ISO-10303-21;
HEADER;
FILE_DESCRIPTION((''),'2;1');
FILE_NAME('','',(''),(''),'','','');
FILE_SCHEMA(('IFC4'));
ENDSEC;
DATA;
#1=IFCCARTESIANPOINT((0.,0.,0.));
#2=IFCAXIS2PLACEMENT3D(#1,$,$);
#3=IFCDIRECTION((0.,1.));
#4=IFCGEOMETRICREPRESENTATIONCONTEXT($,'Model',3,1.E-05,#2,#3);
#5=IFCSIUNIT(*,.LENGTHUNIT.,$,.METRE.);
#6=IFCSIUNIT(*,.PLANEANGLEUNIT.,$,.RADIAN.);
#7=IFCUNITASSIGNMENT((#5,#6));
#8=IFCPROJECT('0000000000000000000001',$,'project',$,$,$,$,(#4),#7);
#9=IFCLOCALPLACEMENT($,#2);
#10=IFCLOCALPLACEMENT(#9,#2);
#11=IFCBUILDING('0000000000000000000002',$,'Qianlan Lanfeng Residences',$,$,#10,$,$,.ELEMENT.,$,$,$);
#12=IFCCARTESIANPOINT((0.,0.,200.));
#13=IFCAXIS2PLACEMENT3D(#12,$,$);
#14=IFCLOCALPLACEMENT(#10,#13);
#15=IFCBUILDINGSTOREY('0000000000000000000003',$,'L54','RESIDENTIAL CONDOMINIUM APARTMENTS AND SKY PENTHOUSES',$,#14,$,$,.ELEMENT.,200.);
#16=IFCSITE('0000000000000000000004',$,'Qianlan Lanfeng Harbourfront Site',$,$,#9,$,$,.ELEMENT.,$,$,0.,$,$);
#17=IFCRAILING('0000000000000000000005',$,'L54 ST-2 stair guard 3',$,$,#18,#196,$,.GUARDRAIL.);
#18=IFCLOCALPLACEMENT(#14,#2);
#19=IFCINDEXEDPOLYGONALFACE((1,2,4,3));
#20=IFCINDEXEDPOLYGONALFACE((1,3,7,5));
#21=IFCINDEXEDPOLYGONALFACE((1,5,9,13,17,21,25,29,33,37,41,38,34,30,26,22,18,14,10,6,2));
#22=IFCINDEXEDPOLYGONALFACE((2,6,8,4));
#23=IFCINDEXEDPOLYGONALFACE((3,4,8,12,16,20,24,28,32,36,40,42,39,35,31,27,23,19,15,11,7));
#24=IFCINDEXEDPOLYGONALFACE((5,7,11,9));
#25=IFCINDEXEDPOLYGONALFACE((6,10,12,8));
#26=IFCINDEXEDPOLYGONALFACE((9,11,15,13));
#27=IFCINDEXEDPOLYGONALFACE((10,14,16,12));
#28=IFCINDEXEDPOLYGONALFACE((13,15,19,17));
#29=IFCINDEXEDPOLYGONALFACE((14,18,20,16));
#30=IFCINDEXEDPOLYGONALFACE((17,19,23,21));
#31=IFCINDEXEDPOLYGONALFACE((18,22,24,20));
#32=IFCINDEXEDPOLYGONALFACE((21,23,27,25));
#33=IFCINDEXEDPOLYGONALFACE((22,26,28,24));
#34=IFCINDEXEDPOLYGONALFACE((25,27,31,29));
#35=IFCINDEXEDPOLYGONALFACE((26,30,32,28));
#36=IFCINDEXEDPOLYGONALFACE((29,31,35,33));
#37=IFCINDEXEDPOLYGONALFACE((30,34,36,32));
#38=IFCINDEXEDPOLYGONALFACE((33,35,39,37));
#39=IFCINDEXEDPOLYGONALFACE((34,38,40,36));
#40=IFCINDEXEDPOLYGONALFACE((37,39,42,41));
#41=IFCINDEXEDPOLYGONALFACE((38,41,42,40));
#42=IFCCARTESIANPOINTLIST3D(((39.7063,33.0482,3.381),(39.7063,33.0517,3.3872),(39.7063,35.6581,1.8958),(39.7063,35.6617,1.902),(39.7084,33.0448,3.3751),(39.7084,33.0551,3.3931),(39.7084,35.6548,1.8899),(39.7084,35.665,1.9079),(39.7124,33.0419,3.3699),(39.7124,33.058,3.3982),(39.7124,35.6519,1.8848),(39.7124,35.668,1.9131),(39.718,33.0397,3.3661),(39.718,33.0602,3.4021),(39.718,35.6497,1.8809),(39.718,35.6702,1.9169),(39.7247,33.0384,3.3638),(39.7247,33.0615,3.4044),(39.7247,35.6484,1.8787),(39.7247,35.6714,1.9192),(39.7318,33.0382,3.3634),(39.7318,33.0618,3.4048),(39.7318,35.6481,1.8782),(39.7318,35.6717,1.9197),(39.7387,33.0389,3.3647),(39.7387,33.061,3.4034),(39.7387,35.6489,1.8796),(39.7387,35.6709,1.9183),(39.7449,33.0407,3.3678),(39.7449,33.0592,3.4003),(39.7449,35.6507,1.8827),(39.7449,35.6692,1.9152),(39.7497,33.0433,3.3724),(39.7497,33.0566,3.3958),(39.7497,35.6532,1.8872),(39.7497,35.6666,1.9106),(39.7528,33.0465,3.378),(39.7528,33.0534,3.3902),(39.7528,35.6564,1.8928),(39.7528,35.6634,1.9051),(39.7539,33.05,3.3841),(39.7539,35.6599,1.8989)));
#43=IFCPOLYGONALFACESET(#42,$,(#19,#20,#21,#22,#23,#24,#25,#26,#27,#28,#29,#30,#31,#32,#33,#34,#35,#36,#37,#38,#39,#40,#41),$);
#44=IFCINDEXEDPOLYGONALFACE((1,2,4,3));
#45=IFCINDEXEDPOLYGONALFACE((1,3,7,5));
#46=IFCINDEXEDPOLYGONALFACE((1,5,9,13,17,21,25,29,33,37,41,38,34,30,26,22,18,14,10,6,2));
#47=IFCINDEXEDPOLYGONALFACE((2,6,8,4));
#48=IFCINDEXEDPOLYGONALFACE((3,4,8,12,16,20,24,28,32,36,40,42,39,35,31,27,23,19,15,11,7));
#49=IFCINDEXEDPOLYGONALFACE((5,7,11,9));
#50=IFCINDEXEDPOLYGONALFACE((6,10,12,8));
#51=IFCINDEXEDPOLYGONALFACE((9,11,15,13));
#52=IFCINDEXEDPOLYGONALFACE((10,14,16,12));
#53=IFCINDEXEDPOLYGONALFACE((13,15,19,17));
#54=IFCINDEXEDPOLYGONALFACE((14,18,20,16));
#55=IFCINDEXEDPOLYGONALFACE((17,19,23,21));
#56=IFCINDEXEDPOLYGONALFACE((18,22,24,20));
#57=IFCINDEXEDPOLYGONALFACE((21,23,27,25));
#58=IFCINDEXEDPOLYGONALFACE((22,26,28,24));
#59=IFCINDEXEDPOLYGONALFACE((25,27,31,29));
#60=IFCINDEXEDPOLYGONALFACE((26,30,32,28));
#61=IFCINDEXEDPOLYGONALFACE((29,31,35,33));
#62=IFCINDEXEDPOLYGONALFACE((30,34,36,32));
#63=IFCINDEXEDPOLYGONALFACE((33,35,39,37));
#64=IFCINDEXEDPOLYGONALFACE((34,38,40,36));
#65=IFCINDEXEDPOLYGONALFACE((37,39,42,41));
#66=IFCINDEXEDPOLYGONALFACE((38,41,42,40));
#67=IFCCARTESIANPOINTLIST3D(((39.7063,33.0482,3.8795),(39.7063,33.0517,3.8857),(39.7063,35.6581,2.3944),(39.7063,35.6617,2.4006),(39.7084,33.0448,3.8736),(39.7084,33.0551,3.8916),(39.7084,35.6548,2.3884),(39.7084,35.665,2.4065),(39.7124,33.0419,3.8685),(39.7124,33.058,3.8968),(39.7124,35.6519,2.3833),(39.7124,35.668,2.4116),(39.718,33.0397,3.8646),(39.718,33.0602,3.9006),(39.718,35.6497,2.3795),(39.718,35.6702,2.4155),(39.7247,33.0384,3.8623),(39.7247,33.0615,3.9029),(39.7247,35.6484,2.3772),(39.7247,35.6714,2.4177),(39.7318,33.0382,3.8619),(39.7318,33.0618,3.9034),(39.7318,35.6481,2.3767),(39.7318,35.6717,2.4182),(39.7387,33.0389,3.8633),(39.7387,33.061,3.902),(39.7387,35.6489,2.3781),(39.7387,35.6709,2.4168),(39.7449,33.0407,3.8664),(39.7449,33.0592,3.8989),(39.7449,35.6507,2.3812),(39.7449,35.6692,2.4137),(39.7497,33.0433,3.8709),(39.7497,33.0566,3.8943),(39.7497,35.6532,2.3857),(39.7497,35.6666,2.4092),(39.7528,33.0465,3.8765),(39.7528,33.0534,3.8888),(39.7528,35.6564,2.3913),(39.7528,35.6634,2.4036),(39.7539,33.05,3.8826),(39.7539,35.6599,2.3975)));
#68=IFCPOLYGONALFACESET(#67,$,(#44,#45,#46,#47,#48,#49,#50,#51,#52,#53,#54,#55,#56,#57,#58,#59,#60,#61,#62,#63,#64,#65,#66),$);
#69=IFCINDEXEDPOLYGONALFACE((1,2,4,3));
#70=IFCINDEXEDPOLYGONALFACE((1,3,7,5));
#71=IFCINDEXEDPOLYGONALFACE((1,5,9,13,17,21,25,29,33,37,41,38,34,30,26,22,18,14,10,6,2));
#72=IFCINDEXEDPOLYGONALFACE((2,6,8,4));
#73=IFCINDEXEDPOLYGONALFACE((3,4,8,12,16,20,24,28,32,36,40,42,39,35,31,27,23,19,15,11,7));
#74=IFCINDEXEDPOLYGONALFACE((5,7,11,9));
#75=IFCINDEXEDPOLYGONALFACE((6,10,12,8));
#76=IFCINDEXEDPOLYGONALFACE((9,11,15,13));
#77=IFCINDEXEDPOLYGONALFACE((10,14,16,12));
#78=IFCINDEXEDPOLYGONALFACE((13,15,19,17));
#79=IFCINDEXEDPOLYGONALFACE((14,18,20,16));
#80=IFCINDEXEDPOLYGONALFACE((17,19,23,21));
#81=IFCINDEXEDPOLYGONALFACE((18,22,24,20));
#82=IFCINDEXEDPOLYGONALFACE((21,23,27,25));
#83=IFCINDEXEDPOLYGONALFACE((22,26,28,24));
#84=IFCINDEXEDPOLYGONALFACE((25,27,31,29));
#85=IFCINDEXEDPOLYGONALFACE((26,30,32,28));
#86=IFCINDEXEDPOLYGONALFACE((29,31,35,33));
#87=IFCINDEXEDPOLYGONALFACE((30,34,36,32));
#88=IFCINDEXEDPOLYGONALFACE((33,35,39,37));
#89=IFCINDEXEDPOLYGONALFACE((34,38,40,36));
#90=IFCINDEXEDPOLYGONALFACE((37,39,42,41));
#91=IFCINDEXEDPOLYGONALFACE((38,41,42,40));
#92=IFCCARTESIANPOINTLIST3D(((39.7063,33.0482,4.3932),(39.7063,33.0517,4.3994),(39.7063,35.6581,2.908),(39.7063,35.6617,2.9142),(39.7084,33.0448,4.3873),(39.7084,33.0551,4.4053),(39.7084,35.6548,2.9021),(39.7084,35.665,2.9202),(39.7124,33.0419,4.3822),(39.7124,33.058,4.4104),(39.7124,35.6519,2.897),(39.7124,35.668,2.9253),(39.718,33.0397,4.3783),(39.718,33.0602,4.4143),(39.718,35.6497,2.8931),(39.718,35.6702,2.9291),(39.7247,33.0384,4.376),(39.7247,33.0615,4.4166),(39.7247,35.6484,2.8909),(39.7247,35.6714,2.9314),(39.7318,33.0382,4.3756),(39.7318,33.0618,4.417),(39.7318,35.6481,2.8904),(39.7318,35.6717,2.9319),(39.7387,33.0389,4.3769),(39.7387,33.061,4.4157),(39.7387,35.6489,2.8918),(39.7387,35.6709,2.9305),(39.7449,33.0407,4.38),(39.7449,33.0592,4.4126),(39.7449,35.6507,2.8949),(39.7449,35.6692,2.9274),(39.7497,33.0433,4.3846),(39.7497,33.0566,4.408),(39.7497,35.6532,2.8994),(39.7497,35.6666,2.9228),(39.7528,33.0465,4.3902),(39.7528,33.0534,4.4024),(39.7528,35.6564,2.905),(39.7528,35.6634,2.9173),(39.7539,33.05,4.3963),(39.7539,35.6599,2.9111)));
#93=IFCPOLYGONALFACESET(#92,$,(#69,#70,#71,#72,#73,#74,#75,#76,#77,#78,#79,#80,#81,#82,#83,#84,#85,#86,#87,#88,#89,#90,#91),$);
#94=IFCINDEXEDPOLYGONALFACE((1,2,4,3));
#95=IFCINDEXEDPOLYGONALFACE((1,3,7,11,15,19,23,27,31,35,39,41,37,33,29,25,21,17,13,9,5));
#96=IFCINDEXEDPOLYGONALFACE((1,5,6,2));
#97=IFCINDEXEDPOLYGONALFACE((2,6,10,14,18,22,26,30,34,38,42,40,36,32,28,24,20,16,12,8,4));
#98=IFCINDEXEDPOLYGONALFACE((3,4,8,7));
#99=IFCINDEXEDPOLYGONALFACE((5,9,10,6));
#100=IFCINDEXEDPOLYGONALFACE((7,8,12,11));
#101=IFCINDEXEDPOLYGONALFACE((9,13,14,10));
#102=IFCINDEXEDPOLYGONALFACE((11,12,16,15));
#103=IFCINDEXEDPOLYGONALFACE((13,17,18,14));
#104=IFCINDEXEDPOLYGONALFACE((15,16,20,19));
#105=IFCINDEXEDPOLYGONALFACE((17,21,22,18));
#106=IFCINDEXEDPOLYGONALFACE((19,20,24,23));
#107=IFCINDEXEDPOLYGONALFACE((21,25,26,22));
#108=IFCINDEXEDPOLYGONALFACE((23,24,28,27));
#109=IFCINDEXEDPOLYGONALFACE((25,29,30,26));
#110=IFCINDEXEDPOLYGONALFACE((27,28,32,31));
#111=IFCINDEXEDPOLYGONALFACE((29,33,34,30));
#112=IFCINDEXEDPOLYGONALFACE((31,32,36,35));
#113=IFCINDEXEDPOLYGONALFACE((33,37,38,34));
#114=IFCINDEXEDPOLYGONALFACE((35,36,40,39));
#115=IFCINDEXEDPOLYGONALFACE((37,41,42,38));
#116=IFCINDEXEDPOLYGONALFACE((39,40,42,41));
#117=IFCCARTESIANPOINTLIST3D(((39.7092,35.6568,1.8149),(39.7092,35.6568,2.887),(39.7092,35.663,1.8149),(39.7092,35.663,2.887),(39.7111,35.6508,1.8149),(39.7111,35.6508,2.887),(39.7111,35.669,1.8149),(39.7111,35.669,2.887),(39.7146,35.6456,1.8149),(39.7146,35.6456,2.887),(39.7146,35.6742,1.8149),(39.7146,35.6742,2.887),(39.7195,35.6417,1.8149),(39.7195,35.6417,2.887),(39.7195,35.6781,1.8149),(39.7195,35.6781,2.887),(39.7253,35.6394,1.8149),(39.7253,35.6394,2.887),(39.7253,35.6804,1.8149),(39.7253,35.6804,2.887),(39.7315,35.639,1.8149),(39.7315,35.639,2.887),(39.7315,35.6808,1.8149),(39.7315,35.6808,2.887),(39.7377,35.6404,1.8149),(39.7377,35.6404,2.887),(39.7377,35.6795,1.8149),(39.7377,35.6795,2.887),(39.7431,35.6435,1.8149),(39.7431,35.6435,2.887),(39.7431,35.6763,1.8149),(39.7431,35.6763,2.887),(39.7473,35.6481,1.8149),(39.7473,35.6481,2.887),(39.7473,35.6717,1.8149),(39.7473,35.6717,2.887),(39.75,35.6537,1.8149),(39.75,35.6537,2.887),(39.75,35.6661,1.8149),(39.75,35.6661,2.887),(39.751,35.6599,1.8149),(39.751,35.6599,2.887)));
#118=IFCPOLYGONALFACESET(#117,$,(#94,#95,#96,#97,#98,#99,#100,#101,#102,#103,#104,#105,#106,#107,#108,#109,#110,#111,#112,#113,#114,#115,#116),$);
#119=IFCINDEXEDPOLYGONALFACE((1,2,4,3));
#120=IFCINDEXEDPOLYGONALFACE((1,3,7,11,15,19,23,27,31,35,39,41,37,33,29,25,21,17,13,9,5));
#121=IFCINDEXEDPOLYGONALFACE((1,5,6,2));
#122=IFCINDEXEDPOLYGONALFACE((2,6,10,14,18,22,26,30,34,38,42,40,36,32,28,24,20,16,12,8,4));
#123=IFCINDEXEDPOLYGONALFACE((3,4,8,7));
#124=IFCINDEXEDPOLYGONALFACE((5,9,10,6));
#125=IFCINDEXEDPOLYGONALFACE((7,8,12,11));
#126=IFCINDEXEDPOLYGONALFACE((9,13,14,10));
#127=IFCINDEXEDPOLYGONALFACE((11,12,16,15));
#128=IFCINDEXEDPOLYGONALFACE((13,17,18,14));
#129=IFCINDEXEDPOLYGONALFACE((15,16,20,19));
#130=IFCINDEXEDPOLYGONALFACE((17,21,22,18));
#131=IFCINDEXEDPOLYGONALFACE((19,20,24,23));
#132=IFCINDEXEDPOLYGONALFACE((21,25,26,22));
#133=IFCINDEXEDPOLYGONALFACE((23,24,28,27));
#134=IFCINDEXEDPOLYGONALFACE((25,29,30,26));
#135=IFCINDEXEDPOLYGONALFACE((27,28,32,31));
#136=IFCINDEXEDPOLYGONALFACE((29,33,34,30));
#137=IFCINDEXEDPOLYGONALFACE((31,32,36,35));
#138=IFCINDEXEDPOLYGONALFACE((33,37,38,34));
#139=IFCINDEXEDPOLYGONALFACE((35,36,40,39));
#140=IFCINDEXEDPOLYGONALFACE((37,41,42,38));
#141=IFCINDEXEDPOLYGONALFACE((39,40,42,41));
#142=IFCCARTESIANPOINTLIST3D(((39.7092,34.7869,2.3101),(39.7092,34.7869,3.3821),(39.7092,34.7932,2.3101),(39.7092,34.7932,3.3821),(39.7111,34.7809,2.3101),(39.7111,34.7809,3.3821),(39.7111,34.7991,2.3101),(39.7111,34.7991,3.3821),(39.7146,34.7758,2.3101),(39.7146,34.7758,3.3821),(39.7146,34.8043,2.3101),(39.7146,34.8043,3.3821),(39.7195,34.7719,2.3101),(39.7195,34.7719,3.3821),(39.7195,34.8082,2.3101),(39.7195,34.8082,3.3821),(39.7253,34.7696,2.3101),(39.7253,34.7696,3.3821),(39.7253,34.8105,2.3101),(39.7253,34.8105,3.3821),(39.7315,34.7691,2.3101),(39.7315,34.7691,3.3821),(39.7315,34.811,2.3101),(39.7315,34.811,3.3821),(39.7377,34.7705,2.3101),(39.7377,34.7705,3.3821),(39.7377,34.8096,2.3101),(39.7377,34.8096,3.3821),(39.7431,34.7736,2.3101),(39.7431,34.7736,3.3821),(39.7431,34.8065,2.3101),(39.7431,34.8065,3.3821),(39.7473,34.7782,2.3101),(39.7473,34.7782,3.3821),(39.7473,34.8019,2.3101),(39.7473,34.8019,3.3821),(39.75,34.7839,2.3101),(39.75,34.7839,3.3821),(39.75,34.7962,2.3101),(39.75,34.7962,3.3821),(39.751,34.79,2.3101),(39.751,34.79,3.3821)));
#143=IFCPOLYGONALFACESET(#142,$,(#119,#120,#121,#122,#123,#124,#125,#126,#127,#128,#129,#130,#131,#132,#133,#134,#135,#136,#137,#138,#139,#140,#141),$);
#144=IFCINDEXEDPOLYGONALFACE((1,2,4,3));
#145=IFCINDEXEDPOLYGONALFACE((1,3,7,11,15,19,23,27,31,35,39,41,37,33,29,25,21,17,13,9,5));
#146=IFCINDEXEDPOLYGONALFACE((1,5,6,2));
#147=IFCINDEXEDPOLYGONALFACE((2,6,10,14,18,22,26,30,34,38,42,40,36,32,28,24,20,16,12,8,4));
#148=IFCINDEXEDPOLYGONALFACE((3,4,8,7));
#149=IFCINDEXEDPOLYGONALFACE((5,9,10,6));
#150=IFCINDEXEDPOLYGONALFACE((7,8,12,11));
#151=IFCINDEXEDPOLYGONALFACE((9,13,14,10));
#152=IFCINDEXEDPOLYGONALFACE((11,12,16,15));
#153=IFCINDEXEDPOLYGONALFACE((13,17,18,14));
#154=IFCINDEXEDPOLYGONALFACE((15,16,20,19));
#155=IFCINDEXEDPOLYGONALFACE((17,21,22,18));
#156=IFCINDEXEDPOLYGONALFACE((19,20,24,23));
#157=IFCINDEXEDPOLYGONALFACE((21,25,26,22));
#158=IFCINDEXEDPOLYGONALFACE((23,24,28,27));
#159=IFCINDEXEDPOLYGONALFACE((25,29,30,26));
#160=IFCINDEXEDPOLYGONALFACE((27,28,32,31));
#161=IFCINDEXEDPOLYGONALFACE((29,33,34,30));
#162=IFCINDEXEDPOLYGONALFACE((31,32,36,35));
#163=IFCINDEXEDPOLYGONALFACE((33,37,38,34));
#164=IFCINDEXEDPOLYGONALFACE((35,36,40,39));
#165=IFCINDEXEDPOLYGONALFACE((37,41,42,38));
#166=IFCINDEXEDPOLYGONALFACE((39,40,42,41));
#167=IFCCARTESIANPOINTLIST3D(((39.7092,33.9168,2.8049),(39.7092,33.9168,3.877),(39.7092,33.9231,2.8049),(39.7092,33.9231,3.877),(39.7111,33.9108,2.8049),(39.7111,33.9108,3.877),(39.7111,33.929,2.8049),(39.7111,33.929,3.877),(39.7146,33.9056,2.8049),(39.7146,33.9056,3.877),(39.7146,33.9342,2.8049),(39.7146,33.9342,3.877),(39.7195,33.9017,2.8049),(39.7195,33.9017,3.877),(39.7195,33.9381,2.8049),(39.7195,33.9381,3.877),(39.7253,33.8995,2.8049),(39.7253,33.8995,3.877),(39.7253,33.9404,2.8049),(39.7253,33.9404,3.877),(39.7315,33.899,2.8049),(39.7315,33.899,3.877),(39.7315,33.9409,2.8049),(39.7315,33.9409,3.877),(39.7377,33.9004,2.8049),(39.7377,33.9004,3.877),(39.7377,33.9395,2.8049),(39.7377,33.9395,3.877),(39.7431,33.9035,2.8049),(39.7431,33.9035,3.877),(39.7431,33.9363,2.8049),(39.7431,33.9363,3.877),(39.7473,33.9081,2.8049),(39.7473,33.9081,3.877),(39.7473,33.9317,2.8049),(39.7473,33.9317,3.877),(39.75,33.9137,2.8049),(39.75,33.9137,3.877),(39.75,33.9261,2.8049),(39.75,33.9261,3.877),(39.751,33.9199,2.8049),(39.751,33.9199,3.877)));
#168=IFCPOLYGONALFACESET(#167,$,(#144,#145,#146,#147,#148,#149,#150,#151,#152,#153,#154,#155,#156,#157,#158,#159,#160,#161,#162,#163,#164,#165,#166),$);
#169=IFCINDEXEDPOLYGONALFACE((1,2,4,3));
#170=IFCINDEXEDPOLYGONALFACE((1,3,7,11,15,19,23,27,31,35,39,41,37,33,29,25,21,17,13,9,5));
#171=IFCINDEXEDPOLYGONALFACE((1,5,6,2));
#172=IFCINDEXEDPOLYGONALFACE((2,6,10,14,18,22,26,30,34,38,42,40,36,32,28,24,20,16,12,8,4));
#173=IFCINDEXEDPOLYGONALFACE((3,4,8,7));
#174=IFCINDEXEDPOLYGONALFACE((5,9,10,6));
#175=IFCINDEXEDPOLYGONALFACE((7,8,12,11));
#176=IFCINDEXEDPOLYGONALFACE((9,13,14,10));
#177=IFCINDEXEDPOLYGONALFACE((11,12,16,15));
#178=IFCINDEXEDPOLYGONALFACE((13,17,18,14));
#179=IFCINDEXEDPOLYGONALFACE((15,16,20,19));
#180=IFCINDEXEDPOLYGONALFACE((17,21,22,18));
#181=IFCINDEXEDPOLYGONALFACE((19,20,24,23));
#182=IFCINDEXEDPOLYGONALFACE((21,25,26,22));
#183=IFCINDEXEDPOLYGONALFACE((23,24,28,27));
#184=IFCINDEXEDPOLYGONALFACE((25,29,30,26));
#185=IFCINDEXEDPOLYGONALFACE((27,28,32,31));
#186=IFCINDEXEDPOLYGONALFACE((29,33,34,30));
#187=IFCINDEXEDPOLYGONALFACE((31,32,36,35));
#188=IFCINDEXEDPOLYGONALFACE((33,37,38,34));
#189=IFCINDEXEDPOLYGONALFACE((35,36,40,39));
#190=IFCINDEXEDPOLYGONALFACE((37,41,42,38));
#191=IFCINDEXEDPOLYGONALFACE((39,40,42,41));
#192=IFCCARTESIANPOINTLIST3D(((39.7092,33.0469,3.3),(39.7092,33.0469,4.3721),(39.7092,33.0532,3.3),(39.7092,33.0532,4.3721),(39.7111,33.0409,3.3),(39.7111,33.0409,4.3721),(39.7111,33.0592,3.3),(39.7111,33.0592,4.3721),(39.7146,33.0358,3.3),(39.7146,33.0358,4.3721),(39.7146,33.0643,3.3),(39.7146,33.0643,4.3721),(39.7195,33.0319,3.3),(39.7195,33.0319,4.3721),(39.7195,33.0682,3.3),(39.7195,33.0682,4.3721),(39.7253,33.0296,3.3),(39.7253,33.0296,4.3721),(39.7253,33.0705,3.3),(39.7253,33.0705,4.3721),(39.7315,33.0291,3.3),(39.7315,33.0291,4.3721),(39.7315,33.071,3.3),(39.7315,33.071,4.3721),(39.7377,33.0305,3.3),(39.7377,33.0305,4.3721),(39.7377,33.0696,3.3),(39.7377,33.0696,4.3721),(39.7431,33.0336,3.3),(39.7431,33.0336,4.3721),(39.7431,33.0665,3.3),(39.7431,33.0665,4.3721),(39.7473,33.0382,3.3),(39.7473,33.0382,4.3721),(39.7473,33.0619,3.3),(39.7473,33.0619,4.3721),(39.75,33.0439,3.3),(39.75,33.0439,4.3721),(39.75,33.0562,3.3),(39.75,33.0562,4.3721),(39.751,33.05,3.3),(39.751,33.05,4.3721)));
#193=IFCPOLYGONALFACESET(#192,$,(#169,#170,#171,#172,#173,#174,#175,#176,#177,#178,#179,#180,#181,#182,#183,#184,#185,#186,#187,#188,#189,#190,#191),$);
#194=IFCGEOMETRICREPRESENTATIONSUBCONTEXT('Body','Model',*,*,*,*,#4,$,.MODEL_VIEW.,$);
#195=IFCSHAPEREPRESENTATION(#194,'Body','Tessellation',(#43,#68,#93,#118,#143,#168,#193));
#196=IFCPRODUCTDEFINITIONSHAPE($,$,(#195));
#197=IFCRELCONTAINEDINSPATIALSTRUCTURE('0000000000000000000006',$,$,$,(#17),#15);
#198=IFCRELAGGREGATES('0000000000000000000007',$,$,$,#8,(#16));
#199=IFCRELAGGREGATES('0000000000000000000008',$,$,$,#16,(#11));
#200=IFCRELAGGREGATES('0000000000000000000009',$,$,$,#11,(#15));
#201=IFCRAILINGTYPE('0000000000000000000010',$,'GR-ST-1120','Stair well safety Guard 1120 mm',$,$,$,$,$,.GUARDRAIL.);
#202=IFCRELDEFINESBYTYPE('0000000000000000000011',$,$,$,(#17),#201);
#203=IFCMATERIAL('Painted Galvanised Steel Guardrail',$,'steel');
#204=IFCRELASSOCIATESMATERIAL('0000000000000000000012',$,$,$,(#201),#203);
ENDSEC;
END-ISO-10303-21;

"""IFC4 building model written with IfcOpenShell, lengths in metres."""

from ifc_helpers import new_model, si_unit, direction, frame, origin, origin_2d, place, context, subcontext, project, spatial, circle, extrude, material, type_object, element, save


model = new_model("IFC4")

# Units and contexts
model_context = context("Model", 3, precision=1e-05, world=origin(), true_north=direction((0.0, 1.0)))
body_context = subcontext(model_context, "Body", "Model", "MODEL_VIEW")
ifc_project = project(units=[si_unit("LENGTHUNIT", "METRE"), si_unit("PLANEANGLEUNIT", "RADIAN")], contexts=[model_context])

# Site, building, storey
site_placement = place(None, origin())
site = spatial("IfcSite", under=ifc_project, at=site_placement, Name="Qianlan Lanfeng Harbourfront Site", CompositionType="ELEMENT", RefElevation=0.0)
building_placement = place(site_placement, origin())
building = spatial("IfcBuilding", under=site, at=building_placement, Name="Qianlan Lanfeng Residences", CompositionType="ELEMENT")
storey_placement = place(building_placement, frame((0.0, 0.0, 200.0)))
storey = spatial("IfcBuildingStorey", under=building, at=storey_placement, Name="L54", Description="RESIDENTIAL CONDOMINIUM APARTMENTS AND SKY PENTHOUSES", CompositionType="ELEMENT", Elevation=200.0)

# Railing
ifc_material_1 = material(Name="Painted Galvanised Steel Guardrail", Category="steel")
railing_type_1 = type_object("IfcRailingType", Name="GR-ST-1120", Description="Stair well safety Guard 1120 mm", PredefinedType="GUARDRAIL", material=ifc_material_1)
railing_1_placement = place(storey_placement, frame((39.73, 35.6599, 1.8149)))
element("IfcRailing", 1, at=railing_1_placement, inside=storey, type_object=railing_type_1, Name="L54 ST-2 stair guard 3", PredefinedType="GUARDRAIL", context=body_context, shape_type="SweptSolid", body=[
    extrude(circle(Radius=0.0239, at=origin_2d()), frame((0.0, 0.0, 0.084), z_axis=(0.0, -0.869137, 0.494571), x_axis=(1.0, 0.0, 0.0)), (0.0, 0.0, 1.0), 3.0029),
    extrude(circle(Radius=0.0239, at=origin_2d()), frame((0.0, 0.0, 0.5825), z_axis=(0.0, -0.869137, 0.494571), x_axis=(1.0, 0.0, 0.0)), (0.0, 0.0, 1.0), 3.0029),
    extrude(circle(Radius=0.0239, at=origin_2d()), frame((0.0, 0.0, 1.0962), z_axis=(0.0, -0.869137, 0.494571), x_axis=(1.0, 0.0, 0.0)), (0.0, 0.0, 1.0), 3.0029),
    extrude(circle(Radius=0.021, at=origin_2d()), origin(), (0.0, 0.0, 1.0), 1.072),
    extrude(circle(Radius=0.021, at=origin_2d()), frame((0.0, -0.8699, 0.4951)), (0.0, 0.0, 1.0), 1.072),
    extrude(circle(Radius=0.021, at=origin_2d()), frame((0.0, -1.74, 0.99)), (0.0, 0.0, 1.0), 1.072),
    extrude(circle(Radius=0.021, at=origin_2d()), frame((0.0, -2.6099, 1.4851)), (0.0, 0.0, 1.0), 1.072),
])

save(model, "model.ifc")
